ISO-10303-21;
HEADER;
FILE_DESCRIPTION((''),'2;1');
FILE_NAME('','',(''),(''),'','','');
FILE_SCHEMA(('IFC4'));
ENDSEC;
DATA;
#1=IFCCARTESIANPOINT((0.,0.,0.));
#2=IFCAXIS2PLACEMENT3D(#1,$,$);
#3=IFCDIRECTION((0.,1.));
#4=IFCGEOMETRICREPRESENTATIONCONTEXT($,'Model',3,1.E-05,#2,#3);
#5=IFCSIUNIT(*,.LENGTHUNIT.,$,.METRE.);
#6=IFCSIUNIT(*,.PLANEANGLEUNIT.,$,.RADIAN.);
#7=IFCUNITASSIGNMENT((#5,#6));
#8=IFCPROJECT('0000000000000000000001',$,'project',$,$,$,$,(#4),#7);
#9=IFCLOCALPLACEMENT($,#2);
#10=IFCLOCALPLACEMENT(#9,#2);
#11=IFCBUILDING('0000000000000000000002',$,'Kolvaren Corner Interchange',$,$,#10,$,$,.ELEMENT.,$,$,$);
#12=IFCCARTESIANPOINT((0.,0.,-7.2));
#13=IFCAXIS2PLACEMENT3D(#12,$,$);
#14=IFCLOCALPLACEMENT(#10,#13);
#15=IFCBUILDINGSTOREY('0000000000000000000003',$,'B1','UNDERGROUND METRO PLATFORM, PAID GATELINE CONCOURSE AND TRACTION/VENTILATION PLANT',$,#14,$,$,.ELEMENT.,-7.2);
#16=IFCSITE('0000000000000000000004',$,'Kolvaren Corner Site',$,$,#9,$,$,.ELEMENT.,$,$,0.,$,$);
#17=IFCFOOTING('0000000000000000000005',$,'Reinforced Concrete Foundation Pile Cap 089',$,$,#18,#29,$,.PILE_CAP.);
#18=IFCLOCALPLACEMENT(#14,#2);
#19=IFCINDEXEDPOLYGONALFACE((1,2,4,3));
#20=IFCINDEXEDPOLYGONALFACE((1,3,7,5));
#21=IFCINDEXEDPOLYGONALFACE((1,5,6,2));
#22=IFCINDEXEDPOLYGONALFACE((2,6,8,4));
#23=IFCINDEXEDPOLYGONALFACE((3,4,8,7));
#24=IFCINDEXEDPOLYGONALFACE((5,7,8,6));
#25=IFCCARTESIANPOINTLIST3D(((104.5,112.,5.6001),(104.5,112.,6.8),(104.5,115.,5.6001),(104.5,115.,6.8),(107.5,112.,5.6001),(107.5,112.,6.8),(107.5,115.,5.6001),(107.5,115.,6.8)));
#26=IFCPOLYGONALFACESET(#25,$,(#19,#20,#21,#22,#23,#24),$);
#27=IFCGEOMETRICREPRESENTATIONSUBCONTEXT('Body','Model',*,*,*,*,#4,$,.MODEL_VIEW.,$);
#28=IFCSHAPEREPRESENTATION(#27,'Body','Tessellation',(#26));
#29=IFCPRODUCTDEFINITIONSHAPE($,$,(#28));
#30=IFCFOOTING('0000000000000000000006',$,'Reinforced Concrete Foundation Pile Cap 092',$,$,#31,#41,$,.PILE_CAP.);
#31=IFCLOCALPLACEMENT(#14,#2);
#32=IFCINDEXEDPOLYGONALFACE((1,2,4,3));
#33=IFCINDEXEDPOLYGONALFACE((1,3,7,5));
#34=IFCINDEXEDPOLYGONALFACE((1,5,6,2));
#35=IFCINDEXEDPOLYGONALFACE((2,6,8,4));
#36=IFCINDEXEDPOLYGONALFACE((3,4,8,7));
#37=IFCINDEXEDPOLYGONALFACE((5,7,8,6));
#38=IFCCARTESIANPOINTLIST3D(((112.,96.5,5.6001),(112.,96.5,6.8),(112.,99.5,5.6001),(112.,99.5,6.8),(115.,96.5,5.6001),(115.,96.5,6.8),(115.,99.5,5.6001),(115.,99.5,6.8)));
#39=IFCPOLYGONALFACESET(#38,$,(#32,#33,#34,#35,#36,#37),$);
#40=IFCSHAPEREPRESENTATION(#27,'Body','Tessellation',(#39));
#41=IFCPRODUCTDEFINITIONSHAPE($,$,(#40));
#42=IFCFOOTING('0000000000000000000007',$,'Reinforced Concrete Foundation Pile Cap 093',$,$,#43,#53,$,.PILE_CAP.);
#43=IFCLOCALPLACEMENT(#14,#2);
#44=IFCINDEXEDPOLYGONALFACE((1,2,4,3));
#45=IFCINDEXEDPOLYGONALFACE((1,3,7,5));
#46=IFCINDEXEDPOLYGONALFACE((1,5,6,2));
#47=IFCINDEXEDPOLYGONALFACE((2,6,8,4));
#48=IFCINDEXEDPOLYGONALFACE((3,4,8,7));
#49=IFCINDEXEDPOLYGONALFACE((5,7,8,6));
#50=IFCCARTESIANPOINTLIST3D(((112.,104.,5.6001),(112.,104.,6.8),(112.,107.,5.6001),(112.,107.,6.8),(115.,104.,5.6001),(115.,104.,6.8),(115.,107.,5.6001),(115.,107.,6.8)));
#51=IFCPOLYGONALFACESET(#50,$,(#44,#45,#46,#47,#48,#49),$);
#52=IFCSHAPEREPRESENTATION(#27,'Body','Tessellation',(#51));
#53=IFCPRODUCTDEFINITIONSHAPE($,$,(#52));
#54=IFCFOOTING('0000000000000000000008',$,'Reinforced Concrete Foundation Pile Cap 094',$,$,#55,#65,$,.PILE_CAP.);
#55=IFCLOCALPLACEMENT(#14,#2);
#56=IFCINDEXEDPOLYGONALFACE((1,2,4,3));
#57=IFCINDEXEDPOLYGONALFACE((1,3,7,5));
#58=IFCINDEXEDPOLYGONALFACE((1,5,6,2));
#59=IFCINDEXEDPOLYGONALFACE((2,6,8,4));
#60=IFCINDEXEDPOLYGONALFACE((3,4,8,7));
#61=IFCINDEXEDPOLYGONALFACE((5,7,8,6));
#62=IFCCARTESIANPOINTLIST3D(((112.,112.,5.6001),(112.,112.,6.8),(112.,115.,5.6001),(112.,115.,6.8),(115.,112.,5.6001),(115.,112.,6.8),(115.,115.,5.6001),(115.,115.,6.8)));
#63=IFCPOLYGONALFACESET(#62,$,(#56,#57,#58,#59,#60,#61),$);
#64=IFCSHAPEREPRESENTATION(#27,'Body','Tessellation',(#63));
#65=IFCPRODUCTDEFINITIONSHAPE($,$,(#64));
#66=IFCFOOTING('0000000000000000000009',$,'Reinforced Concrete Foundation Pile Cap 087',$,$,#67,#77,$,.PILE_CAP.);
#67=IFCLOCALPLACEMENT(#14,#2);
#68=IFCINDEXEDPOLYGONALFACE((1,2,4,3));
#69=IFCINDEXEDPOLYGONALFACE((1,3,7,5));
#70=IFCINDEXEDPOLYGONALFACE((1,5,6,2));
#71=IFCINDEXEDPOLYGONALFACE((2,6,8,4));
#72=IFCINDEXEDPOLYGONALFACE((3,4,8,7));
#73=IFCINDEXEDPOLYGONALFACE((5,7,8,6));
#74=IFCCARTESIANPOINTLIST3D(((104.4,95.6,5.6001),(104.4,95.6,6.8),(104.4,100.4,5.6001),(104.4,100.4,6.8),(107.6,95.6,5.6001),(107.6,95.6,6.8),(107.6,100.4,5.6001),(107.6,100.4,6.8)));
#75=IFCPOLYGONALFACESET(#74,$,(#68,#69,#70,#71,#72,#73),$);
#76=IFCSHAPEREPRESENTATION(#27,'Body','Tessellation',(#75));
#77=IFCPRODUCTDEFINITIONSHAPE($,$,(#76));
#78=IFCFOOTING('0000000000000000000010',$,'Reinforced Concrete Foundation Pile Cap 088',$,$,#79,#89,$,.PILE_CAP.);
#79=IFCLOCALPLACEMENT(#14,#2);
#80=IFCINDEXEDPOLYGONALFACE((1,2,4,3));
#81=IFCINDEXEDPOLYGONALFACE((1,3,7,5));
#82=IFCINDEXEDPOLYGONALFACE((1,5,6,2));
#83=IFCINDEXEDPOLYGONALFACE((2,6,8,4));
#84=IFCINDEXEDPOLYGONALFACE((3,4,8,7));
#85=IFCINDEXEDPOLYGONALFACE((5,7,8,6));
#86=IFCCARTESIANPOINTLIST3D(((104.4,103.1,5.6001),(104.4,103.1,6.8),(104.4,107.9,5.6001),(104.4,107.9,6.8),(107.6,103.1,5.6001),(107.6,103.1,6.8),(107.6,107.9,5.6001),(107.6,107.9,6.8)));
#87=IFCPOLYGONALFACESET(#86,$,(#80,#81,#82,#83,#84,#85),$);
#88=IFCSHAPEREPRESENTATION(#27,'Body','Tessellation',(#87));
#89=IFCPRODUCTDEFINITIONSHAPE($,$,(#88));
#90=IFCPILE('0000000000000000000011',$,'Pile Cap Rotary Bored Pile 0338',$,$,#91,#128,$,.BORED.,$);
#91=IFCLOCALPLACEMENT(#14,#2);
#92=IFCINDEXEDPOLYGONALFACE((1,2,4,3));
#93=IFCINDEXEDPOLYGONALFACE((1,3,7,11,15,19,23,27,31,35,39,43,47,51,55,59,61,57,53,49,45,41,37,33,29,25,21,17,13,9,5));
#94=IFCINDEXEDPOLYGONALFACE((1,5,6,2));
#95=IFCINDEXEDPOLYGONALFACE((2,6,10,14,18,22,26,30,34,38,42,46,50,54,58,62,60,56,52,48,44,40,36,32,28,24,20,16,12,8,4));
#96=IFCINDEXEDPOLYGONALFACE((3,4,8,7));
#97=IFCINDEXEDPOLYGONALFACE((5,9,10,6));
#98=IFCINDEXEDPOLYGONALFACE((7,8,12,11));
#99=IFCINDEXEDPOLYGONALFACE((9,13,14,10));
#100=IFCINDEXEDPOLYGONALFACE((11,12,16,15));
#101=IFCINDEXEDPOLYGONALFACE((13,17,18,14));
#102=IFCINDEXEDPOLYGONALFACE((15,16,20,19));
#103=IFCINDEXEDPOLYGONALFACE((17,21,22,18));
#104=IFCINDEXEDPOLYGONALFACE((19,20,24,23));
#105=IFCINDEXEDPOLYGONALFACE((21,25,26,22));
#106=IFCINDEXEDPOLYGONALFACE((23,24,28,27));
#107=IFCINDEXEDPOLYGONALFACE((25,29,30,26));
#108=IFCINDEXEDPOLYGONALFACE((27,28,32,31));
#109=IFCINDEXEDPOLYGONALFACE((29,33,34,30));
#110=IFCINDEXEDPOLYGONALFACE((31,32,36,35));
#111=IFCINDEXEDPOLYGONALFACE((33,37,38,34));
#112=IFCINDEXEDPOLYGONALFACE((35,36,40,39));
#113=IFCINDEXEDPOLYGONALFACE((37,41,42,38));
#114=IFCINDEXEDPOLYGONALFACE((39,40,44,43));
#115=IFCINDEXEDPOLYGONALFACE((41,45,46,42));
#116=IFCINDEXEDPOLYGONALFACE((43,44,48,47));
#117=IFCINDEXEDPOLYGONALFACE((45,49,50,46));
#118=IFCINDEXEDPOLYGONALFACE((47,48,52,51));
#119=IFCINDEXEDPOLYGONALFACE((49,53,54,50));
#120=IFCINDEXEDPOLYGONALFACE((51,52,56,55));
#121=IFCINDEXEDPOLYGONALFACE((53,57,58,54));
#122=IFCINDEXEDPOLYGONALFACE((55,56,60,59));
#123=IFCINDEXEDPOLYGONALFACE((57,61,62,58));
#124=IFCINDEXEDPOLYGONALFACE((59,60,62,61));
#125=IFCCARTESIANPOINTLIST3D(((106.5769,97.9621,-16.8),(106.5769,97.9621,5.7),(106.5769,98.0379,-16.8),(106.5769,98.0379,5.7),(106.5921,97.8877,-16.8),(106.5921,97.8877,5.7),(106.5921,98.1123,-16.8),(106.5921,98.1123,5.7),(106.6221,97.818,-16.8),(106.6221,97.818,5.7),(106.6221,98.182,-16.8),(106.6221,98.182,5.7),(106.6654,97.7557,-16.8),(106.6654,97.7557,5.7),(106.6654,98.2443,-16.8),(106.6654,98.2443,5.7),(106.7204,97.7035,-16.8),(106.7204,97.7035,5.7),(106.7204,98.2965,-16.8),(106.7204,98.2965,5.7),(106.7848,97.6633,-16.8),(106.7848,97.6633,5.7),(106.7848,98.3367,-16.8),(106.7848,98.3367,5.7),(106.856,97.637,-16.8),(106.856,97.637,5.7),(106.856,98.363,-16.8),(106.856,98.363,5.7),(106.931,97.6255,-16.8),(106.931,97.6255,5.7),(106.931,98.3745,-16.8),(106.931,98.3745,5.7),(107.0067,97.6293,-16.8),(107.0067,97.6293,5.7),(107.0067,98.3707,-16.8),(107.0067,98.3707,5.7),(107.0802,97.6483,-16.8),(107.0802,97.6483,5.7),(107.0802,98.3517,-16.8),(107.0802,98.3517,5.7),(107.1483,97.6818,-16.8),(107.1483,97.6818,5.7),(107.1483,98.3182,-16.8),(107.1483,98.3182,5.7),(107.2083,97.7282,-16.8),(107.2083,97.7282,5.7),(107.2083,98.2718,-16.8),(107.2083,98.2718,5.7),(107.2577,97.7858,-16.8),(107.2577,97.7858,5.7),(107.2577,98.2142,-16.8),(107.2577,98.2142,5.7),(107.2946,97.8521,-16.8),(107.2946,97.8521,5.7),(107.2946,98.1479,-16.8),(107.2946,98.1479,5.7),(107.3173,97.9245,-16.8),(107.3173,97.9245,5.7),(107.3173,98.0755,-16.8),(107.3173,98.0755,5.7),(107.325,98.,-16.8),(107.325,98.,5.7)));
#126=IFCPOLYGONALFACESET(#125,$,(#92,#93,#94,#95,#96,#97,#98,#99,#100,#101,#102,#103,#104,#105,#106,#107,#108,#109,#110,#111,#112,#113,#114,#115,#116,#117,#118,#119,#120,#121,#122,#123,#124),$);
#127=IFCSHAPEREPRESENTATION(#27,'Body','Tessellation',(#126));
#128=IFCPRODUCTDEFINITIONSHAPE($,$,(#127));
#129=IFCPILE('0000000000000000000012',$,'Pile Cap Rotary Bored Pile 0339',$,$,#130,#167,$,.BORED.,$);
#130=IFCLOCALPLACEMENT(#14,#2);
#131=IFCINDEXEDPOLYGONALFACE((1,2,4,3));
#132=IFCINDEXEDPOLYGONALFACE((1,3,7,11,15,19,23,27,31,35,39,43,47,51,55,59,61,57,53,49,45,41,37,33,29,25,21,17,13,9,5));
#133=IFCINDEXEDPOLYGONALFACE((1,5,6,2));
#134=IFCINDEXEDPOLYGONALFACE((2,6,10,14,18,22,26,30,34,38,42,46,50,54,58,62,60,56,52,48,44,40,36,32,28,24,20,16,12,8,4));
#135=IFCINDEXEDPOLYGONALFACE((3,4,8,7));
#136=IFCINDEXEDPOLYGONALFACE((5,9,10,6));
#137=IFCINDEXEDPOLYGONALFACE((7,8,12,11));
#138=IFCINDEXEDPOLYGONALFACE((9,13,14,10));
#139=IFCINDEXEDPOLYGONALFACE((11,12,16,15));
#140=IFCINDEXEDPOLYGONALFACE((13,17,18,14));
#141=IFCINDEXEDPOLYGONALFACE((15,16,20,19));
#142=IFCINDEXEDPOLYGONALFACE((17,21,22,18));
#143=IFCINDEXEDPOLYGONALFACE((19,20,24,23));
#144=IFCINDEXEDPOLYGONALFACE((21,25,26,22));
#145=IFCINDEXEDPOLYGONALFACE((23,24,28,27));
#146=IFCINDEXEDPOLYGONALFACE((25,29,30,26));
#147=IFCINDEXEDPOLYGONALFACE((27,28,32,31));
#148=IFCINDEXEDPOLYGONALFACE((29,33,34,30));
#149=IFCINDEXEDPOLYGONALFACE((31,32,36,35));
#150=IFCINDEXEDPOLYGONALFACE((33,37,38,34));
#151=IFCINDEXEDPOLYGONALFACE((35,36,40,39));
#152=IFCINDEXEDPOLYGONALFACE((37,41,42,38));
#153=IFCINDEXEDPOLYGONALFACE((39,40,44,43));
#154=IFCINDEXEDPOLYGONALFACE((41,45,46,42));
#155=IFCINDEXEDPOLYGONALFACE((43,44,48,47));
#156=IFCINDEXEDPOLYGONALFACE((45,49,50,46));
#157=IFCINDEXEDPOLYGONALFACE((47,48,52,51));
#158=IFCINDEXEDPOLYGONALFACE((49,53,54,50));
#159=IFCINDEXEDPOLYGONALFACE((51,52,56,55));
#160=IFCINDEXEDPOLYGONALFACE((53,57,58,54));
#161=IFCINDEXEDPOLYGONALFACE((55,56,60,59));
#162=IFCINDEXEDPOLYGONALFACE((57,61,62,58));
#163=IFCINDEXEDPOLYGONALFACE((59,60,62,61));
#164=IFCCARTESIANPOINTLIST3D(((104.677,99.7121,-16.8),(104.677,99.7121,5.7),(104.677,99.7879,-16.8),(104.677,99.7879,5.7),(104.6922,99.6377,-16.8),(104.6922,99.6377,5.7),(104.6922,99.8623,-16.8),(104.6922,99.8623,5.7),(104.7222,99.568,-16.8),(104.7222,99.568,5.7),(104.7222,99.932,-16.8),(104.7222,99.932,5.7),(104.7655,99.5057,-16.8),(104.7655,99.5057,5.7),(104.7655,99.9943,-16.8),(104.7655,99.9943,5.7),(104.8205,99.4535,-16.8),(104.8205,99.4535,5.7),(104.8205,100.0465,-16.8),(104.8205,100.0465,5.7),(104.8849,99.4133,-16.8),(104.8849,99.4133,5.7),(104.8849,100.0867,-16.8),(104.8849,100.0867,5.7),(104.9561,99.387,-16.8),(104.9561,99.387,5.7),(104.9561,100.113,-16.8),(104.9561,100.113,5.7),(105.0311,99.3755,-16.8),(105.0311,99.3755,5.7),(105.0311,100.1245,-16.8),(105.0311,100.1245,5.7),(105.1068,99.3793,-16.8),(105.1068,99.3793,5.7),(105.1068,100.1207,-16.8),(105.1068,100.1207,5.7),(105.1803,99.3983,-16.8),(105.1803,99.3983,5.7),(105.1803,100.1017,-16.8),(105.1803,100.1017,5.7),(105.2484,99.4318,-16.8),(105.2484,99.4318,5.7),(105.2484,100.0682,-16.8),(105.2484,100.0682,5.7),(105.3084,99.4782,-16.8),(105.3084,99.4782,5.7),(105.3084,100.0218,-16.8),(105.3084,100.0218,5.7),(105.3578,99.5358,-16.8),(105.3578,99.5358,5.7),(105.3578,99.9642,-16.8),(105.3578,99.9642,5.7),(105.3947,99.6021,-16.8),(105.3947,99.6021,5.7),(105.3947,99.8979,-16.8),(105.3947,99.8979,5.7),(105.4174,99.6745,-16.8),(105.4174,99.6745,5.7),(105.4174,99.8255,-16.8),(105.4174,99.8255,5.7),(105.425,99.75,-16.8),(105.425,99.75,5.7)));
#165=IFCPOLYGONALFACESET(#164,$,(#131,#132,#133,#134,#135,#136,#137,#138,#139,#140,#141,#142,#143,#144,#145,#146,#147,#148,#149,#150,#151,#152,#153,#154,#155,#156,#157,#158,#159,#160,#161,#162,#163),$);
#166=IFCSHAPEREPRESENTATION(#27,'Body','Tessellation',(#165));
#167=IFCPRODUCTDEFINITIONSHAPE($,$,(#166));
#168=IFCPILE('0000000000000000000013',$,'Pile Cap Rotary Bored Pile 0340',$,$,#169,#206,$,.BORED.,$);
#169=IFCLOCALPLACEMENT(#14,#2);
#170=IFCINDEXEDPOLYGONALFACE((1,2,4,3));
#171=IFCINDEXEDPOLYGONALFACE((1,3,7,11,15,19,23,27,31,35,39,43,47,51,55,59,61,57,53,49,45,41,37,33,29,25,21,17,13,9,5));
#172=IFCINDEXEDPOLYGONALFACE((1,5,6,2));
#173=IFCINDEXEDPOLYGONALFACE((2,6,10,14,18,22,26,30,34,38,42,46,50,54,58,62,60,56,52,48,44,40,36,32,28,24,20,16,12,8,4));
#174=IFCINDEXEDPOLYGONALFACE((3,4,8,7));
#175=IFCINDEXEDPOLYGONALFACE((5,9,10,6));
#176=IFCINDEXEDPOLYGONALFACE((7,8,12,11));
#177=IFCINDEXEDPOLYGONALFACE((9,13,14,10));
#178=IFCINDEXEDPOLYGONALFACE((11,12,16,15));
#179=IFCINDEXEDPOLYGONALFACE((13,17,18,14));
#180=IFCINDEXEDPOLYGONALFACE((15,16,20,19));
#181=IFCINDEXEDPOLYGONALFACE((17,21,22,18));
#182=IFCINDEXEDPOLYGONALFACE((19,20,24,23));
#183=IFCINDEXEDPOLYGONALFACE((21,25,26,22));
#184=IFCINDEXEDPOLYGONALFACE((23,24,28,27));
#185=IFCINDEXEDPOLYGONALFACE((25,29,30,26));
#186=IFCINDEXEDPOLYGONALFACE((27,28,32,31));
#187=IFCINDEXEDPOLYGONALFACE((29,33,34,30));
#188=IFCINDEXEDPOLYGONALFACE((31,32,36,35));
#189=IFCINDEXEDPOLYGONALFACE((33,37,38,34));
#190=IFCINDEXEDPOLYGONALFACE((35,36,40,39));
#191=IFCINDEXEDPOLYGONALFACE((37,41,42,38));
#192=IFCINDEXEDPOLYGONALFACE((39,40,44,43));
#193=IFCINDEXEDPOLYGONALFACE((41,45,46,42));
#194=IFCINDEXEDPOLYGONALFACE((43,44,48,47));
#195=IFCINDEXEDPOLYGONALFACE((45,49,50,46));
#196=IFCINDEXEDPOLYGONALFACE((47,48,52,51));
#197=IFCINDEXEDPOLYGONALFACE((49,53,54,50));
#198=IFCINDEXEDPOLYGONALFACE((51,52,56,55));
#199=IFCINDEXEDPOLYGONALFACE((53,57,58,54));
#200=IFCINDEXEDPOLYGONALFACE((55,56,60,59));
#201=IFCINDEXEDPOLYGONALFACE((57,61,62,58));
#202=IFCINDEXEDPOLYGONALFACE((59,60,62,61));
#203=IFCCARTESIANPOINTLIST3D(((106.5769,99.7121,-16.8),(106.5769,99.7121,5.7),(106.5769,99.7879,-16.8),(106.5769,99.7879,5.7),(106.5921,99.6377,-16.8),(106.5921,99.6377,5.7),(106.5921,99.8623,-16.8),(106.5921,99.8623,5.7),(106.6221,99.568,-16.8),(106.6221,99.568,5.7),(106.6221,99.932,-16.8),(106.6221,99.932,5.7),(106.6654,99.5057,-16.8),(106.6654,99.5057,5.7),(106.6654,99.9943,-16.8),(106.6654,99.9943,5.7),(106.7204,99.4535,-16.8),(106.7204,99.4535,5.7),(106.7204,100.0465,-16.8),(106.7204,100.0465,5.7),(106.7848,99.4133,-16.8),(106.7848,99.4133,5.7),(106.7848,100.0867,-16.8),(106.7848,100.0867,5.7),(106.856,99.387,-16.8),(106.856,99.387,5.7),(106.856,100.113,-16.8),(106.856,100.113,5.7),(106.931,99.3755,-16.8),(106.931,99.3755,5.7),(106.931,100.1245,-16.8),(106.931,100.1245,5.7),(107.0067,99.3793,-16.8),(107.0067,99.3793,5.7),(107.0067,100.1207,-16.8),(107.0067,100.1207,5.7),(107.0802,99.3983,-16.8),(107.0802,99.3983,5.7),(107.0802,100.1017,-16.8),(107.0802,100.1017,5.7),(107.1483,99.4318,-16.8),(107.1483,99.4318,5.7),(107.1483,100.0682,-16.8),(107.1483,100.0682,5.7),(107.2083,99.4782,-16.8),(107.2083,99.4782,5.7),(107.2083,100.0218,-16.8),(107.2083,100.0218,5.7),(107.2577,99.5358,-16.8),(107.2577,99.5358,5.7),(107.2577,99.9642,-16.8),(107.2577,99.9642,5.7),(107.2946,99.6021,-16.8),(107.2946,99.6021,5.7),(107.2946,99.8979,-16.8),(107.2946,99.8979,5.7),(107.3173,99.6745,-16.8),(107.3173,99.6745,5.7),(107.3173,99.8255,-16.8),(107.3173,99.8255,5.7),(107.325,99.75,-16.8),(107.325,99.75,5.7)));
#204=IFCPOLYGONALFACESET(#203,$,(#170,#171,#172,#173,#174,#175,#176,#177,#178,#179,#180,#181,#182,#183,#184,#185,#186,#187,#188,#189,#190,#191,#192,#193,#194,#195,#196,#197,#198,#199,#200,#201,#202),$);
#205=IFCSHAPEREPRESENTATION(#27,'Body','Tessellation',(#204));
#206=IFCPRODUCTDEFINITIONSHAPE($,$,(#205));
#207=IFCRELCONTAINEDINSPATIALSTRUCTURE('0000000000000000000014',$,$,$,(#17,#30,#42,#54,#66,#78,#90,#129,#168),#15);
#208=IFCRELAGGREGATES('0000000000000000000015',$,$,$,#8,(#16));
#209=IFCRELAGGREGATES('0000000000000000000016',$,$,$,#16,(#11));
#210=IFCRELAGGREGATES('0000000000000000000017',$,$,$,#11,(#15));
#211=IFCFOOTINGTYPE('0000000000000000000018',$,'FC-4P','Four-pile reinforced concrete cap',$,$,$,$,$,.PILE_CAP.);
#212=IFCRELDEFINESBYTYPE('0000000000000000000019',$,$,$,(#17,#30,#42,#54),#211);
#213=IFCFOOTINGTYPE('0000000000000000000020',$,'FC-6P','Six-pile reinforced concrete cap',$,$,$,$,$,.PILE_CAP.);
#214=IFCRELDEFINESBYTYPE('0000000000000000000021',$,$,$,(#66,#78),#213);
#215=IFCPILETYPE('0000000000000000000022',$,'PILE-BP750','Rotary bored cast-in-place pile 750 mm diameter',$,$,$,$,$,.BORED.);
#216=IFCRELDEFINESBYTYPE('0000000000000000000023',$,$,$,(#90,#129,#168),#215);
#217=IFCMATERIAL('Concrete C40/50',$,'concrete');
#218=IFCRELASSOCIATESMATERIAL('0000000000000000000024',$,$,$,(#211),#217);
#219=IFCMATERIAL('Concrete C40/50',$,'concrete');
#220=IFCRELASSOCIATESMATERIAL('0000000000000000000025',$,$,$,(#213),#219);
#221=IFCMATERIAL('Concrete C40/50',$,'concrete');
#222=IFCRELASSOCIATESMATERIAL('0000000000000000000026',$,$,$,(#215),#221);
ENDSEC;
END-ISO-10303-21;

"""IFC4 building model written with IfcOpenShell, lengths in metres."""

from ifc_helpers import new_model, si_unit, direction, frame, origin, origin_2d, place, context, subcontext, project, spatial, rectangle, circle, extrude, material, material_profile, profile_set, type_object, element, save


model = new_model("IFC4")

# Units and contexts
model_context = context("Model", 3, precision=1e-05, world=origin(), true_north=direction((0.0, 1.0)))
body_context = subcontext(model_context, "Body", "Model", "MODEL_VIEW")
ifc_project = project(units=[si_unit("LENGTHUNIT", "METRE"), si_unit("PLANEANGLEUNIT", "RADIAN")], contexts=[model_context])

# Site, building, storey
site_placement = place(None, origin())
site = spatial("IfcSite", under=ifc_project, at=site_placement, Name="Kolvaren Corner Site", CompositionType="ELEMENT", RefElevation=0.0)
building_placement = place(site_placement, origin())
building = spatial("IfcBuilding", under=site, at=building_placement, Name="Kolvaren Corner Interchange", CompositionType="ELEMENT")
storey_placement = place(building_placement, frame((0.0, 0.0, -7.2)))
storey = spatial("IfcBuildingStorey", under=building, at=storey_placement, Name="B1", Description="UNDERGROUND METRO PLATFORM, PAID GATELINE CONCOURSE AND TRACTION/VENTILATION PLANT", CompositionType="ELEMENT", Elevation=-7.2)

# Footings
ifc_material_1 = material(Name="Concrete C40/50", Category="concrete")
footing_type_1 = type_object("IfcFootingType", Name="FC-4P", Description="Four-pile reinforced concrete cap", PredefinedType="PILE_CAP", material=ifc_material_1)
for number, where, z_axis, x_axis, name in (
    (1, (106.0, 113.5, 5.6001), (0.0, 0.0, 1.0), (1.0, 0.0, 0.0), "Reinforced Concrete Foundation Pile Cap 089"),
    (2, (113.5, 98.0, 5.6001), (0.0, 0.0, 1.0), (1.0, 0.0, 0.0), "Reinforced Concrete Foundation Pile Cap 092"),
    (3, (113.5, 105.5, 5.6001), (0.0, 0.0, 1.0), (1.0, 0.0, 0.0), "Reinforced Concrete Foundation Pile Cap 093"),
    (4, (113.5, 113.5, 5.6001), (0.0, 0.0, 1.0), (1.0, 0.0, 0.0), "Reinforced Concrete Foundation Pile Cap 094"),
):
    element("IfcFooting", number, at=place(storey_placement, frame(where, z_axis=z_axis, x_axis=x_axis)), inside=storey, type_object=footing_type_1, Name=name, PredefinedType="PILE_CAP", context=body_context, shape_type="SweptSolid", body=[
        extrude(rectangle(XDim=3.0, YDim=3.0, at=origin_2d()), origin(), (0.0, 0.0, 1.0), 1.2),
    ])
ifc_material_2 = material(Name="Concrete C40/50", Category="concrete")
footing_type_2 = type_object("IfcFootingType", Name="FC-6P", Description="Six-pile reinforced concrete cap", PredefinedType="PILE_CAP", material=ifc_material_2)
for number, where, z_axis, x_axis, name in (
    (5, (106.0, 98.0, 5.6001), (0.0, 0.0, 1.0), (1.0, 0.0, 0.0), "Reinforced Concrete Foundation Pile Cap 087"),
    (6, (106.0, 105.5, 5.6001), (0.0, 0.0, 1.0), (1.0, 0.0, 0.0), "Reinforced Concrete Foundation Pile Cap 088"),
):
    element("IfcFooting", number, at=place(storey_placement, frame(where, z_axis=z_axis, x_axis=x_axis)), inside=storey, type_object=footing_type_2, Name=name, PredefinedType="PILE_CAP", context=body_context, shape_type="SweptSolid", body=[
        extrude(rectangle(XDim=3.2, YDim=4.8, at=origin_2d()), origin(), (0.0, 0.0, 1.0), 1.2),
    ])

# Piles
ifc_material_3 = material(Name="Concrete C40/50", Category="concrete")
ifc_material_profile = material_profile(ifc_material_3, circle(Radius=0.375, at=origin_2d()), Name="BORED PILE 750")
ifc_profile_set = profile_set([ifc_material_profile], Name="Concrete C40/50")
pile_type = type_object("IfcPileType", Name="PILE-BP750", Description="Rotary bored cast-in-place pile 750 mm diameter", PredefinedType="BORED", material=ifc_profile_set)
for number, where, z_axis, x_axis, name in (
    (7, (106.95, 98.0, 5.7), (0.0, 0.0, -1.0), (1.0, 0.0, 0.0), "Pile Cap Rotary Bored Pile 0338"),
    (8, (105.05, 99.75, 5.7), (0.0, 0.0, -1.0), (1.0, 0.0, 0.0), "Pile Cap Rotary Bored Pile 0339"),
    (9, (106.95, 99.75, 5.7), (0.0, 0.0, -1.0), (1.0, 0.0, 0.0), "Pile Cap Rotary Bored Pile 0340"),
):
    element("IfcPile", number, at=place(storey_placement, frame(where, z_axis=z_axis, x_axis=x_axis)), inside=storey, type_object=pile_type, Name=name, PredefinedType="BORED", context=body_context, shape_type="SweptSolid", body=[
        extrude(circle(Radius=0.375, at=origin_2d()), origin(), (0.0, 0.0, 1.0), 22.5),
    ])

save(model, "model.ifc")
